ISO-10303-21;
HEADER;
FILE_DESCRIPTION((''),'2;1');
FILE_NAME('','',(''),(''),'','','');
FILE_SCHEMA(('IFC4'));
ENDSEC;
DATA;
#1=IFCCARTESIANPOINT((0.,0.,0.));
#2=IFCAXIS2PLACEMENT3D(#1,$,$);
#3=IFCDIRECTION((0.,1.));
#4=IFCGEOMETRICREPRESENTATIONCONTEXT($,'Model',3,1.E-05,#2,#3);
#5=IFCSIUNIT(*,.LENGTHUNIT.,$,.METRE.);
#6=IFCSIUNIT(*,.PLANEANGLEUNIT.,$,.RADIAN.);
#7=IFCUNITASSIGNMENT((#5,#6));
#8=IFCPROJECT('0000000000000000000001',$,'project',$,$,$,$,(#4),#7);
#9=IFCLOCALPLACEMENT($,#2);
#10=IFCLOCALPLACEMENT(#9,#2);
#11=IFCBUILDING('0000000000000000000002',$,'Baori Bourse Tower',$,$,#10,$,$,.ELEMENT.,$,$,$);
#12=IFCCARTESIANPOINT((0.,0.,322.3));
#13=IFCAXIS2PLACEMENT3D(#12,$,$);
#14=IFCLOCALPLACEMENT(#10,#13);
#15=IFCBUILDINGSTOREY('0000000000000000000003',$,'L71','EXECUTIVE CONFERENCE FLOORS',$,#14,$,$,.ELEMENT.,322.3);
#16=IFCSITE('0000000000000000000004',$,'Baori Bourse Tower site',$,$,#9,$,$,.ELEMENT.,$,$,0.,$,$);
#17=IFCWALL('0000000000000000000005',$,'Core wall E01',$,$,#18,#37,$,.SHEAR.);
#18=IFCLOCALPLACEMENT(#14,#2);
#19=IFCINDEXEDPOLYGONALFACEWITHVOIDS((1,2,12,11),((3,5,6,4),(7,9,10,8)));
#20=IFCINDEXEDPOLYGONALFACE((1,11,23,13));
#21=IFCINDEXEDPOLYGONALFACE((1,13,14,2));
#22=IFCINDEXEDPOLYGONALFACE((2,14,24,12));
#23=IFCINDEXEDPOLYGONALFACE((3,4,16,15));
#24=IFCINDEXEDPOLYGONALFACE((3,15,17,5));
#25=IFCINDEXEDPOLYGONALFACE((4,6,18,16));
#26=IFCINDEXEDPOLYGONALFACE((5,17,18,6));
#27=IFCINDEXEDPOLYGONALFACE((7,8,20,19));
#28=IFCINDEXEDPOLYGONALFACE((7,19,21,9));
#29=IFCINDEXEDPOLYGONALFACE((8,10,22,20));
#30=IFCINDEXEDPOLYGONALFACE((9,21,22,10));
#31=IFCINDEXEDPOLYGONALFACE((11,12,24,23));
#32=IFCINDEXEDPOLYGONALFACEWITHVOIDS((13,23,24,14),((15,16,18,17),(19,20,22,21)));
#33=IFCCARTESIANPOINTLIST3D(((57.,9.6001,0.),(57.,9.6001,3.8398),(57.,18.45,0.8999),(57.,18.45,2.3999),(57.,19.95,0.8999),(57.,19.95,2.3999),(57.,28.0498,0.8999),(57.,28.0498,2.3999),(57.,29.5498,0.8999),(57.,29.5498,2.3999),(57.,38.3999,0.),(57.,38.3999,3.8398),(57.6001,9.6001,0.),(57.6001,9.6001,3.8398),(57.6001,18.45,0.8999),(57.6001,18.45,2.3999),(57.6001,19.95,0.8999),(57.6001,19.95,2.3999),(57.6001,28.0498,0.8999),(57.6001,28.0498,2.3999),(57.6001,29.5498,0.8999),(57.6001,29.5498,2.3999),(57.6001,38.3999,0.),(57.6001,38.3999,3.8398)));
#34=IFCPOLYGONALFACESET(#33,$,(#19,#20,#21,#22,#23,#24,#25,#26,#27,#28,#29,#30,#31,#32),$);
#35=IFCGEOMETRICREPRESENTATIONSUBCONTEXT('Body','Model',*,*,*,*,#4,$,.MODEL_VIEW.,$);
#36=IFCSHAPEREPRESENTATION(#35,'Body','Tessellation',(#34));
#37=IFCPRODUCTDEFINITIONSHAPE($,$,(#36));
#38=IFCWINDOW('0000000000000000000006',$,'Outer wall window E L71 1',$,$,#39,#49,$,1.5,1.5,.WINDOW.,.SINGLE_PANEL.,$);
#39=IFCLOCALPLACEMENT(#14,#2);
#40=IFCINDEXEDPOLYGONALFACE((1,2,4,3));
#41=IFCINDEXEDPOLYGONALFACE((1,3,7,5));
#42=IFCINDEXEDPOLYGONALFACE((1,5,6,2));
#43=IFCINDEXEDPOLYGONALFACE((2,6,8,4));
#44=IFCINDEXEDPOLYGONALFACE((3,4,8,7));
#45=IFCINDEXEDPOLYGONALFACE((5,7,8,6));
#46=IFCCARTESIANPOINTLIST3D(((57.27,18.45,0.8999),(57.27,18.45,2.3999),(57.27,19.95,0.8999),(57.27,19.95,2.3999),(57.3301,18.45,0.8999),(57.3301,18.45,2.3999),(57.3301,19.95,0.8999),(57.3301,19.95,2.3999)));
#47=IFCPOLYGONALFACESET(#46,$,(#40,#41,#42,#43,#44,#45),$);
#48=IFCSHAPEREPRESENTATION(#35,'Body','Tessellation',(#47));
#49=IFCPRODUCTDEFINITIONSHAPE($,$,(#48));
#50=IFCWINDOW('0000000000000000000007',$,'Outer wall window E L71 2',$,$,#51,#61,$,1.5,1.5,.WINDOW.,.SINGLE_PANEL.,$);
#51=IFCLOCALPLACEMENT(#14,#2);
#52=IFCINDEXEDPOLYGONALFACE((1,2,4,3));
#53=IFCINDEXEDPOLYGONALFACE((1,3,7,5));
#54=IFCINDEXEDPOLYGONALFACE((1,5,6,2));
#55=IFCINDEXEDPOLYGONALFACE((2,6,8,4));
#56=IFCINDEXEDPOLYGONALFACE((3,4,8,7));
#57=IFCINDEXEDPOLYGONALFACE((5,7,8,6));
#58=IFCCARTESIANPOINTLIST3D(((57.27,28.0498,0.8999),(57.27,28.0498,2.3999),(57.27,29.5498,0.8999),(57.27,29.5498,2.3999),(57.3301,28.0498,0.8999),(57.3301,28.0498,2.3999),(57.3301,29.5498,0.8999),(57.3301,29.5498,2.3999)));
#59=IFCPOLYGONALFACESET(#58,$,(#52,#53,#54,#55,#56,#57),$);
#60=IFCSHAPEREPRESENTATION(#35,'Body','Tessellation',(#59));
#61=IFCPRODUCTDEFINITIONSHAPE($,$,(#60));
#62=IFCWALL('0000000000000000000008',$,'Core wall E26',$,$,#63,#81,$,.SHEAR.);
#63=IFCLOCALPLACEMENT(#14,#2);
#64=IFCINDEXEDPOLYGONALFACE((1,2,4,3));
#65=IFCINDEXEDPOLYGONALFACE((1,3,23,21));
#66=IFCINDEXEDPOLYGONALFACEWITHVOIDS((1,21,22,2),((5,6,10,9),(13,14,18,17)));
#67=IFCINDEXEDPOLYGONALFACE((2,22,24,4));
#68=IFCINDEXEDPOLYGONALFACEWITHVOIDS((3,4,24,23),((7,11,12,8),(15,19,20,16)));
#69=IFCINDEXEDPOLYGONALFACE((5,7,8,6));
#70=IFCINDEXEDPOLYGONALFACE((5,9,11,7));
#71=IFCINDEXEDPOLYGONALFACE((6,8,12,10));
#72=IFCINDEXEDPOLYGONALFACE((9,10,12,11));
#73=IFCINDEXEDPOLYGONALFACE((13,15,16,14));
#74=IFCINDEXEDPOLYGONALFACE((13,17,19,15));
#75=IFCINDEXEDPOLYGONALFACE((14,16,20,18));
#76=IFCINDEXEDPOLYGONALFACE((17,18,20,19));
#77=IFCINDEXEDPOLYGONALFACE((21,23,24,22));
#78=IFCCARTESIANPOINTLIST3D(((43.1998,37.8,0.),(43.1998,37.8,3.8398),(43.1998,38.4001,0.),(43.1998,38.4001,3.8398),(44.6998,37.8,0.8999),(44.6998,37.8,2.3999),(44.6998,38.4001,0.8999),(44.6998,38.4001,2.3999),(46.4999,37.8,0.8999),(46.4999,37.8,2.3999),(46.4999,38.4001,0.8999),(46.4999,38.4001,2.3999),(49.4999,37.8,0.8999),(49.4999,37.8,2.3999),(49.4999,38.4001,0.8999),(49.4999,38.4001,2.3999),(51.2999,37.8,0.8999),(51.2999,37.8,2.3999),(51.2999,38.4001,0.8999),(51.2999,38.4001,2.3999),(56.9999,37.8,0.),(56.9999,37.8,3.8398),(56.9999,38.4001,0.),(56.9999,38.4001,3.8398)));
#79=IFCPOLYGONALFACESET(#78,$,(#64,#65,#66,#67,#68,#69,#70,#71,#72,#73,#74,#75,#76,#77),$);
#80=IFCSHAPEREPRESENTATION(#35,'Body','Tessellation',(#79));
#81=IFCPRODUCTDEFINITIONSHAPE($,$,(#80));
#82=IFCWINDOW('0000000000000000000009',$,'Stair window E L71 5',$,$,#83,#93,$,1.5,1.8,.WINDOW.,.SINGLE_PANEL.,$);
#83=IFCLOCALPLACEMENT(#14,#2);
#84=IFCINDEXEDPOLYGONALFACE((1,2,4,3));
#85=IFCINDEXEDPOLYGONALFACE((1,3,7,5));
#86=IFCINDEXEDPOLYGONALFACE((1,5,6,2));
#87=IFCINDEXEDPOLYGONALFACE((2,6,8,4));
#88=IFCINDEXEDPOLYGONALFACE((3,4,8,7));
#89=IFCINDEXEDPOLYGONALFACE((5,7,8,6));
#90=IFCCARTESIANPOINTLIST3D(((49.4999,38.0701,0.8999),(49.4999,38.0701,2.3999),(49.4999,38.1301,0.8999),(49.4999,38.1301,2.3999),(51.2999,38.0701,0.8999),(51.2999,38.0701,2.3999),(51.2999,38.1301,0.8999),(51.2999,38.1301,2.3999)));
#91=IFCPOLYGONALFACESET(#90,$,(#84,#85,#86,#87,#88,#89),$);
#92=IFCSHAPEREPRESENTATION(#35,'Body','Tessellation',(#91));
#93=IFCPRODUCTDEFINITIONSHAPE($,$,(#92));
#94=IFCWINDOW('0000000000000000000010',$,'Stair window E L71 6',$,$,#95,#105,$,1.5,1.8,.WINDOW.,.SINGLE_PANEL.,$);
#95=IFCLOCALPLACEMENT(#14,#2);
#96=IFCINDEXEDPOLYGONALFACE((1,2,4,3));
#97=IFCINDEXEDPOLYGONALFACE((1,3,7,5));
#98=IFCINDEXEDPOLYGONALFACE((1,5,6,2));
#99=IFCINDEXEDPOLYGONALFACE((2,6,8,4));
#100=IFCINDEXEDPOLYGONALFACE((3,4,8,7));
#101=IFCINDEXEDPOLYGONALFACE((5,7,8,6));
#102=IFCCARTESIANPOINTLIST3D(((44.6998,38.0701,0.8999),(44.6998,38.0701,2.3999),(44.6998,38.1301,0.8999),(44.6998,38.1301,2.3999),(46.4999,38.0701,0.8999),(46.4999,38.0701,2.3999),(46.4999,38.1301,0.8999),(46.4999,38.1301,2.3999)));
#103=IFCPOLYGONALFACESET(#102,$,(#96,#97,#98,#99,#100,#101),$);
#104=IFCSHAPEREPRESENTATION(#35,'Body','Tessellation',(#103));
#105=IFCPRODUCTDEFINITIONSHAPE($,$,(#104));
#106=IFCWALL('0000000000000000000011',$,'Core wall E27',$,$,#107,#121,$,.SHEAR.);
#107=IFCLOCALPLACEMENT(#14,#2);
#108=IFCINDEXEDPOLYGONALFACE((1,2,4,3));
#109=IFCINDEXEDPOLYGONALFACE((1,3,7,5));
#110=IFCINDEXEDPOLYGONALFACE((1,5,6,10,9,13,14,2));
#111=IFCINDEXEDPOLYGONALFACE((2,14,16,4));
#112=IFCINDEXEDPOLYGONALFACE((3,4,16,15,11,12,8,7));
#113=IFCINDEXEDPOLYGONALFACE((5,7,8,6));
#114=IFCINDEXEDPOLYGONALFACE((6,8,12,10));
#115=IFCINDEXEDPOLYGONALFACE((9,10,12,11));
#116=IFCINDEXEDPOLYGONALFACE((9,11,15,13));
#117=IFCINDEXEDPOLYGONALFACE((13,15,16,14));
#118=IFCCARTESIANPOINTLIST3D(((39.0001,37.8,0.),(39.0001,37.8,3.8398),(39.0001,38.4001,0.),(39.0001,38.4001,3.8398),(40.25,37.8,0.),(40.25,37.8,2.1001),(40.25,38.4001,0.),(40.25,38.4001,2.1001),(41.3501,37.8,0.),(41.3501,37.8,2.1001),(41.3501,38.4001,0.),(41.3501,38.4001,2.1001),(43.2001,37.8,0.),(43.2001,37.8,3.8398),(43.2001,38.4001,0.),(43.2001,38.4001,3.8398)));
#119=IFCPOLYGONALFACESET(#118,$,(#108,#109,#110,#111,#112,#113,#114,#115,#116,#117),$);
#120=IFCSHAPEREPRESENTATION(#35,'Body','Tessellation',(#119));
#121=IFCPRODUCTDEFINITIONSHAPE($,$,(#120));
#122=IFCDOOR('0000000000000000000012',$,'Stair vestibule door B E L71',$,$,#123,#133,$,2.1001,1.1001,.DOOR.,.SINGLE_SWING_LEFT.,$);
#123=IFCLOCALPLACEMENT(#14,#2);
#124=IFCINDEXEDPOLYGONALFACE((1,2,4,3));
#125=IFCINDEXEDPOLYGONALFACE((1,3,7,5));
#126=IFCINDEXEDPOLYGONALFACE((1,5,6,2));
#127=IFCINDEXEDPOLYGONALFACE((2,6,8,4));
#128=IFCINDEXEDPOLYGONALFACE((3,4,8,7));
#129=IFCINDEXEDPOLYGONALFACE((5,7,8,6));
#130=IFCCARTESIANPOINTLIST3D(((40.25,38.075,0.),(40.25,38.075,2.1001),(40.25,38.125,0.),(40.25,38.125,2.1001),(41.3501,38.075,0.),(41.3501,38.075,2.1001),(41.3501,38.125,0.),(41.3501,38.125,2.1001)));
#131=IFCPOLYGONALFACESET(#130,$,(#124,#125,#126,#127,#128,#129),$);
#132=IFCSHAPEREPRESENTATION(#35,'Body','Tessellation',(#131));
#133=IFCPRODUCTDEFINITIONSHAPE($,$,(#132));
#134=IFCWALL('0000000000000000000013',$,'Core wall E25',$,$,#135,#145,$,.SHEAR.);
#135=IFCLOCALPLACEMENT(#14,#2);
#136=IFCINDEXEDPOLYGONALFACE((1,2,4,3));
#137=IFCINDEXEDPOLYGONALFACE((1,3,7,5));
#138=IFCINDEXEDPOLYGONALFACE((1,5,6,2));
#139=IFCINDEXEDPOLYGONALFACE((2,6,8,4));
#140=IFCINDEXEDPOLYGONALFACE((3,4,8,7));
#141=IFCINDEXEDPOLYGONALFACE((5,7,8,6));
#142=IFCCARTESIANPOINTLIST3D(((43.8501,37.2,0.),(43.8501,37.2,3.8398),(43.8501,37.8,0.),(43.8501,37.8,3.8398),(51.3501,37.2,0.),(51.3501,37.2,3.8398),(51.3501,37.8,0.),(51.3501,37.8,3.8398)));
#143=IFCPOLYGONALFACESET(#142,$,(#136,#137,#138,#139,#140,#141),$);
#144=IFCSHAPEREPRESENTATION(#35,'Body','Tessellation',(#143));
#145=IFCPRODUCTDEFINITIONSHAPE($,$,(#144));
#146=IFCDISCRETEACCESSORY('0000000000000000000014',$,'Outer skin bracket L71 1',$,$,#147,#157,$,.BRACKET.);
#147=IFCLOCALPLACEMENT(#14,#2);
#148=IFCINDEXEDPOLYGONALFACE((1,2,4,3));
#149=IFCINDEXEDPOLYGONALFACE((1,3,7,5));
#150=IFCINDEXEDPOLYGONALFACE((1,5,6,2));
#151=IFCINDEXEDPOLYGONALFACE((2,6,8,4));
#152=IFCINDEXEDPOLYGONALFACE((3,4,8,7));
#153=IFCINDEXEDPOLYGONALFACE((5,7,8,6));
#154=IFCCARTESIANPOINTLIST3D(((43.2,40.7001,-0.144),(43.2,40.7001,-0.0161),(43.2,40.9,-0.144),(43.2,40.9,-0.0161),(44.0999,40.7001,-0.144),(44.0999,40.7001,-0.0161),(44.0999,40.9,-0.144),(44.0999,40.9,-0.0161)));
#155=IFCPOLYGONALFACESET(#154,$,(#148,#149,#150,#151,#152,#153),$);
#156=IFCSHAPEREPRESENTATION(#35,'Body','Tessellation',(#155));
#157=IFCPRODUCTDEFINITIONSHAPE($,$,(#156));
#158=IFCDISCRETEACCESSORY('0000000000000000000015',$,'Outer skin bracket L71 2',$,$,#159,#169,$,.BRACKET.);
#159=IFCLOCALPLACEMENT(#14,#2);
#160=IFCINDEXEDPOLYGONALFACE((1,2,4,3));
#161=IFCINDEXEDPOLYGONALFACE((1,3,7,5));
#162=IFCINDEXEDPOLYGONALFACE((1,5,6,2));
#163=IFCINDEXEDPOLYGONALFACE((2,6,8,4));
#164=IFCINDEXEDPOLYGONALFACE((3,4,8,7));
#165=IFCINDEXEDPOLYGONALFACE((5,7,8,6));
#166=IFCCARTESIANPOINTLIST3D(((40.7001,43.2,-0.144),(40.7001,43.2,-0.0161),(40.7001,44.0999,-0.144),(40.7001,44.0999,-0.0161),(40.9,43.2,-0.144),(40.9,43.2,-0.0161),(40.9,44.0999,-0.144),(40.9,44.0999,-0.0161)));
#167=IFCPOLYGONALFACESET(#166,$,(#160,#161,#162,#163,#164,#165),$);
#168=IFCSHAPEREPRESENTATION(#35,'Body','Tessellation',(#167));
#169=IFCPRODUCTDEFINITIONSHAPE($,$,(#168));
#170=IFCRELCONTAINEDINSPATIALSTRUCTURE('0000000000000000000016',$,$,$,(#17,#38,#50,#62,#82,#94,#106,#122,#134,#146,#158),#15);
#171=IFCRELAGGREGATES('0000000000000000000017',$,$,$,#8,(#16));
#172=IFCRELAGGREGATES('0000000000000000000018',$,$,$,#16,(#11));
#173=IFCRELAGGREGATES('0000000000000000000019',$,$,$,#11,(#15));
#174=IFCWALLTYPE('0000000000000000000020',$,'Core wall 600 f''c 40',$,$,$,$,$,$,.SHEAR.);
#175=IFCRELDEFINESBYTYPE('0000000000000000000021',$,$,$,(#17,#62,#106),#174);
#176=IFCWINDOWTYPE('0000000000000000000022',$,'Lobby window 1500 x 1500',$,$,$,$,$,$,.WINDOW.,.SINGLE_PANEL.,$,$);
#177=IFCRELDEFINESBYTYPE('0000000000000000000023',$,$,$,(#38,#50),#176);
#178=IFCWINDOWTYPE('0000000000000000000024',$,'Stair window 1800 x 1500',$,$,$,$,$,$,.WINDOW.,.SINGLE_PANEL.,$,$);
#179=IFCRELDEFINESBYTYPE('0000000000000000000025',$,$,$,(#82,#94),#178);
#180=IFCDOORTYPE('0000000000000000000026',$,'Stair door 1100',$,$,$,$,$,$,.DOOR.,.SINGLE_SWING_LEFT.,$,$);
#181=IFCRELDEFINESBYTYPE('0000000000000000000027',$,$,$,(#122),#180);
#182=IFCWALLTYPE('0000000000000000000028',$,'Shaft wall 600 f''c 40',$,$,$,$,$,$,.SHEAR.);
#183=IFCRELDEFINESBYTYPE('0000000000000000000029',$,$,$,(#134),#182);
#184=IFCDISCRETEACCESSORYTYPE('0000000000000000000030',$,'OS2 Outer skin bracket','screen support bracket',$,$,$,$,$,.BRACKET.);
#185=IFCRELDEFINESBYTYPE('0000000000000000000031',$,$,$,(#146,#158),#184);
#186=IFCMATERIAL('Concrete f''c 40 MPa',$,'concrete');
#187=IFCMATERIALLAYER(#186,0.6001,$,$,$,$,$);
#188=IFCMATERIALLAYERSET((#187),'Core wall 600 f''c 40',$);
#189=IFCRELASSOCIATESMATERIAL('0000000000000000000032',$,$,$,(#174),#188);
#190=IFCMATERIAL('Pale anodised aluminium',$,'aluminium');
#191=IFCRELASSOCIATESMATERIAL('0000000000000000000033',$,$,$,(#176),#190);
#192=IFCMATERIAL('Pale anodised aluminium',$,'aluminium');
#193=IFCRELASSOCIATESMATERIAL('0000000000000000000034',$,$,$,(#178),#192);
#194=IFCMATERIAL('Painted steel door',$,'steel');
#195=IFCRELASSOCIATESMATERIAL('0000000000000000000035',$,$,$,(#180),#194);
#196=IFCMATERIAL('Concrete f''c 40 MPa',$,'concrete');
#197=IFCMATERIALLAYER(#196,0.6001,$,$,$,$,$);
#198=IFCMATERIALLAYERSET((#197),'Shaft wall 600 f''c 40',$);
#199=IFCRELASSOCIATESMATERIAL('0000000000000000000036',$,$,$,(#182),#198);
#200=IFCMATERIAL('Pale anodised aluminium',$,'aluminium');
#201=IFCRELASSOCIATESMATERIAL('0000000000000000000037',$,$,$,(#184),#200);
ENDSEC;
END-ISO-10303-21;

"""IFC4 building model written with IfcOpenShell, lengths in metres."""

from ifc_helpers import new_model, si_unit, direction, frame, frame_2d, origin, origin_2d, place, context, subcontext, project, spatial, rectangle, extrude, material, layer, layer_set, type_object, element, fill, save


model = new_model("IFC4")

# Units and contexts
model_context = context("Model", 3, precision=1e-05, world=origin(), true_north=direction((0.0, 1.0)))
body_context = subcontext(model_context, "Body", "Model", "MODEL_VIEW")
ifc_project = project(units=[si_unit("LENGTHUNIT", "METRE"), si_unit("PLANEANGLEUNIT", "RADIAN")], contexts=[model_context])

# Site, building, storey
site_placement = place(None, origin())
site = spatial("IfcSite", under=ifc_project, at=site_placement, Name="Baori Bourse Tower site", CompositionType="ELEMENT", RefElevation=0.0)
building_placement = place(site_placement, origin())
building = spatial("IfcBuilding", under=site, at=building_placement, Name="Baori Bourse Tower", CompositionType="ELEMENT")
storey_placement = place(building_placement, frame((0.0, 0.0, 322.3)))
storey = spatial("IfcBuildingStorey", under=building, at=storey_placement, Name="L71", Description="EXECUTIVE CONFERENCE FLOORS", CompositionType="ELEMENT", Elevation=322.3)

# Walls, openings, windows
ifc_material_1 = material(Name="Concrete f'c 40 MPa", Category="concrete")
ifc_layer_1 = layer(ifc_material_1, 0.6001)
ifc_layer_set_1 = layer_set([ifc_layer_1], Name="Core wall 600 f'c 40")
wall_type_1 = type_object("IfcWallType", Name="Core wall 600 f'c 40", PredefinedType="SHEAR", material=ifc_layer_set_1)
wall_1_placement = place(storey_placement, frame((57.3, 38.3999, 0.0), z_axis=(0.0, 0.0, 1.0), x_axis=(0.0, -1.0, 0.0)))
wall_1 = element("IfcWall", 1, at=wall_1_placement, inside=storey, type_object=wall_type_1, Name="Core wall E01", PredefinedType="SHEAR", context=body_context, shape_type="SweptSolid", body=[
    extrude(rectangle(XDim=28.7998, YDim=0.6001, at=frame_2d((14.3999, 0.0))), origin(), (0.0, 0.0, 1.0), 3.8398),
])
opening_1_placement = place(wall_1_placement, frame((18.45, 0.0, 0.8999)))
opening_1 = element("IfcOpeningElement", 2, at=opening_1_placement, cuts=wall_1, PredefinedType="OPENING", context=body_context, shape_type="SweptSolid", body=[
    extrude(rectangle(XDim=1.5, YDim=1.5, at=frame_2d((0.75, 0.75))), frame((0.0, 0.3101, 0.0), z_axis=(0.0, -1.0, 0.0), x_axis=(1.0, 0.0, 0.0)), (0.0, 0.0, 1.0), 0.6201),
])
opening_2_placement = place(wall_1_placement, frame((8.8501, 0.0, 0.8999)))
opening_2 = element("IfcOpeningElement", 3, at=opening_2_placement, cuts=wall_1, PredefinedType="OPENING", context=body_context, shape_type="SweptSolid", body=[
    extrude(rectangle(XDim=1.5, YDim=1.5, at=frame_2d((0.75, 0.75))), frame((0.0, 0.3101, 0.0), z_axis=(0.0, -1.0, 0.0), x_axis=(1.0, 0.0, 0.0)), (0.0, 0.0, 1.0), 0.6201),
])
ifc_material_2 = material(Name="Pale anodised aluminium", Category="aluminium")
window_type_1 = type_object("IfcWindowType", Name="Lobby window 1500 x 1500", PartitioningType="SINGLE_PANEL", PredefinedType="WINDOW", material=ifc_material_2)
window_1_placement = place(opening_1_placement, origin())
window_1 = element("IfcWindow", 4, at=window_1_placement, inside=storey, type_object=window_type_1, Name="Outer wall window E L71 1", OverallHeight=1.5, OverallWidth=1.5, PartitioningType="SINGLE_PANEL", PredefinedType="WINDOW", context=body_context, shape_type="SweptSolid", body=[
    extrude(rectangle(XDim=1.5, YDim=1.5, at=frame_2d((0.75, 0.75))), frame((0.0, 0.03, 0.0), z_axis=(0.0, -1.0, 0.0), x_axis=(1.0, 0.0, 0.0)), (0.0, 0.0, 1.0), 0.0601),
])
fill(opening_1, window_1)
window_2_placement = place(opening_2_placement, origin())
window_2 = element("IfcWindow", 5, at=window_2_placement, inside=storey, type_object=window_type_1, Name="Outer wall window E L71 2", OverallHeight=1.5, OverallWidth=1.5, PartitioningType="SINGLE_PANEL", PredefinedType="WINDOW", context=body_context, shape_type="SweptSolid", body=[
    extrude(rectangle(XDim=1.5, YDim=1.5, at=frame_2d((0.75, 0.75))), frame((0.0, 0.03, 0.0), z_axis=(0.0, -1.0, 0.0), x_axis=(1.0, 0.0, 0.0)), (0.0, 0.0, 1.0), 0.0601),
])
fill(opening_2, window_2)
wall_2_placement = place(storey_placement, frame((43.2, 38.1001, 0.0), z_axis=(0.0, 0.0, 1.0), x_axis=(1.0, 0.0, 0.0)))
wall_2 = element("IfcWall", 6, at=wall_2_placement, inside=storey, type_object=wall_type_1, Name="Core wall E26", PredefinedType="SHEAR", context=body_context, shape_type="SweptSolid", body=[
    extrude(rectangle(XDim=13.8, YDim=0.6001, at=frame_2d((6.8999, 0.0))), origin(), (0.0, 0.0, 1.0), 3.8398),
])
opening_3_placement = place(wall_2_placement, frame((6.3, 0.0, 0.8999)))
opening_3 = element("IfcOpeningElement", 7, at=opening_3_placement, cuts=wall_2, PredefinedType="OPENING", context=body_context, shape_type="SweptSolid", body=[
    extrude(rectangle(XDim=1.8, YDim=1.5, at=frame_2d((0.8999, 0.75))), frame((0.0, 0.3101, 0.0), z_axis=(0.0, -1.0, 0.0), x_axis=(1.0, 0.0, 0.0)), (0.0, 0.0, 1.0), 0.6201),
])
opening_4_placement = place(wall_2_placement, frame((1.5, 0.0, 0.8999)))
opening_4 = element("IfcOpeningElement", 8, at=opening_4_placement, cuts=wall_2, PredefinedType="OPENING", context=body_context, shape_type="SweptSolid", body=[
    extrude(rectangle(XDim=1.8, YDim=1.5, at=frame_2d((0.8999, 0.75))), frame((0.0, 0.3101, 0.0), z_axis=(0.0, -1.0, 0.0), x_axis=(1.0, 0.0, 0.0)), (0.0, 0.0, 1.0), 0.6201),
])
ifc_material_3 = material(Name="Pale anodised aluminium", Category="aluminium")
window_type_2 = type_object("IfcWindowType", Name="Stair window 1800 x 1500", PartitioningType="SINGLE_PANEL", PredefinedType="WINDOW", material=ifc_material_3)
window_3_placement = place(opening_3_placement, origin())
window_3 = element("IfcWindow", 9, at=window_3_placement, inside=storey, type_object=window_type_2, Name="Stair window E L71 5", OverallHeight=1.5, OverallWidth=1.8, PartitioningType="SINGLE_PANEL", PredefinedType="WINDOW", context=body_context, shape_type="SweptSolid", body=[
    extrude(rectangle(XDim=1.8, YDim=1.5, at=frame_2d((0.8999, 0.75))), frame((0.0, 0.03, 0.0), z_axis=(0.0, -1.0, 0.0), x_axis=(1.0, 0.0, 0.0)), (0.0, 0.0, 1.0), 0.0601),
])
fill(opening_3, window_3)
window_4_placement = place(opening_4_placement, origin())
window_4 = element("IfcWindow", 10, at=window_4_placement, inside=storey, type_object=window_type_2, Name="Stair window E L71 6", OverallHeight=1.5, OverallWidth=1.8, PartitioningType="SINGLE_PANEL", PredefinedType="WINDOW", context=body_context, shape_type="SweptSolid", body=[
    extrude(rectangle(XDim=1.8, YDim=1.5, at=frame_2d((0.8999, 0.75))), frame((0.0, 0.03, 0.0), z_axis=(0.0, -1.0, 0.0), x_axis=(1.0, 0.0, 0.0)), (0.0, 0.0, 1.0), 0.0601),
])
fill(opening_4, window_4)

# Wall, opening, door
wall_3_placement = place(storey_placement, frame((39.0, 38.1001, 0.0), z_axis=(0.0, 0.0, 1.0), x_axis=(1.0, 0.0, 0.0)))
wall_3 = element("IfcWall", 11, at=wall_3_placement, inside=storey, type_object=wall_type_1, Name="Core wall E27", PredefinedType="SHEAR", context=body_context, shape_type="SweptSolid", body=[
    extrude(rectangle(XDim=4.2, YDim=0.6001, at=frame_2d((2.1001, 0.0))), origin(), (0.0, 0.0, 1.0), 3.8398),
])
opening_5_placement = place(wall_3_placement, frame((1.25, 0.0, 0.0)))
opening_5 = element("IfcOpeningElement", 12, at=opening_5_placement, cuts=wall_3, PredefinedType="OPENING", context=body_context, shape_type="SweptSolid", body=[
    extrude(rectangle(XDim=1.1001, YDim=2.1001, at=frame_2d((0.55, 1.05))), frame((0.0, 0.3101, 0.0), z_axis=(0.0, -1.0, 0.0), x_axis=(1.0, 0.0, 0.0)), (0.0, 0.0, 1.0), 0.6201),
])
ifc_material_4 = material(Name="Painted steel door", Category="steel")
door_type = type_object("IfcDoorType", Name="Stair door 1100", OperationType="SINGLE_SWING_LEFT", PredefinedType="DOOR", material=ifc_material_4)
door_placement = place(opening_5_placement, origin())
door = element("IfcDoor", 13, at=door_placement, inside=storey, type_object=door_type, Name="Stair vestibule door B E L71", OperationType="SINGLE_SWING_LEFT", OverallHeight=2.1001, OverallWidth=1.1001, PredefinedType="DOOR", context=body_context, shape_type="SweptSolid", body=[
    extrude(rectangle(XDim=1.1001, YDim=2.1001, at=frame_2d((0.55, 1.05))), frame((0.0, 0.0249, 0.0), z_axis=(0.0, -1.0, 0.0), x_axis=(1.0, 0.0, 0.0)), (0.0, 0.0, 1.0), 0.05),
])
fill(opening_5, door)

# Wall
ifc_material_5 = material(Name="Concrete f'c 40 MPa", Category="concrete")
ifc_layer_2 = layer(ifc_material_5, 0.6001)
ifc_layer_set_2 = layer_set([ifc_layer_2], Name="Shaft wall 600 f'c 40")
wall_type_2 = type_object("IfcWallType", Name="Shaft wall 600 f'c 40", PredefinedType="SHEAR", material=ifc_layer_set_2)
wall_4_placement = place(storey_placement, frame((43.8501, 37.5, 0.0), z_axis=(0.0, 0.0, 1.0), x_axis=(1.0, 0.0, 0.0)))
element("IfcWall", 14, at=wall_4_placement, inside=storey, type_object=wall_type_2, Name="Core wall E25", PredefinedType="SHEAR", context=body_context, shape_type="SweptSolid", body=[
    extrude(rectangle(XDim=7.5, YDim=0.6001, at=frame_2d((3.75, 0.0))), origin(), (0.0, 0.0, 1.0), 3.8398),
])

# Discrete accessories
ifc_material_6 = material(Name="Pale anodised aluminium", Category="aluminium")
discrete_accessory_type = type_object("IfcDiscreteAccessoryType", Name="OS2 Outer skin bracket", Description="screen support bracket", PredefinedType="BRACKET", material=ifc_material_6)
for number, where, z_axis, x_axis, name in (
    (15, (43.6499, 40.8, -0.144), (0.0, 0.0, 1.0), (0.0, 1.0, 0.0), "Outer skin bracket L71 1"),
    (16, (40.8, 43.6499, -0.144), (0.0, 0.0, 1.0), (-1.0, 0.0, 0.0), "Outer skin bracket L71 2"),
):
    element("IfcDiscreteAccessory", number, at=place(storey_placement, frame(where, z_axis=z_axis, x_axis=x_axis)), inside=storey, type_object=discrete_accessory_type, Name=name, PredefinedType="BRACKET", context=body_context, shape_type="SweptSolid", body=[
        extrude(rectangle(XDim=0.2, YDim=0.8999, at=origin_2d()), origin(), (0.0, 0.0, 1.0), 0.1279),
    ])

save(model, "model.ifc")
